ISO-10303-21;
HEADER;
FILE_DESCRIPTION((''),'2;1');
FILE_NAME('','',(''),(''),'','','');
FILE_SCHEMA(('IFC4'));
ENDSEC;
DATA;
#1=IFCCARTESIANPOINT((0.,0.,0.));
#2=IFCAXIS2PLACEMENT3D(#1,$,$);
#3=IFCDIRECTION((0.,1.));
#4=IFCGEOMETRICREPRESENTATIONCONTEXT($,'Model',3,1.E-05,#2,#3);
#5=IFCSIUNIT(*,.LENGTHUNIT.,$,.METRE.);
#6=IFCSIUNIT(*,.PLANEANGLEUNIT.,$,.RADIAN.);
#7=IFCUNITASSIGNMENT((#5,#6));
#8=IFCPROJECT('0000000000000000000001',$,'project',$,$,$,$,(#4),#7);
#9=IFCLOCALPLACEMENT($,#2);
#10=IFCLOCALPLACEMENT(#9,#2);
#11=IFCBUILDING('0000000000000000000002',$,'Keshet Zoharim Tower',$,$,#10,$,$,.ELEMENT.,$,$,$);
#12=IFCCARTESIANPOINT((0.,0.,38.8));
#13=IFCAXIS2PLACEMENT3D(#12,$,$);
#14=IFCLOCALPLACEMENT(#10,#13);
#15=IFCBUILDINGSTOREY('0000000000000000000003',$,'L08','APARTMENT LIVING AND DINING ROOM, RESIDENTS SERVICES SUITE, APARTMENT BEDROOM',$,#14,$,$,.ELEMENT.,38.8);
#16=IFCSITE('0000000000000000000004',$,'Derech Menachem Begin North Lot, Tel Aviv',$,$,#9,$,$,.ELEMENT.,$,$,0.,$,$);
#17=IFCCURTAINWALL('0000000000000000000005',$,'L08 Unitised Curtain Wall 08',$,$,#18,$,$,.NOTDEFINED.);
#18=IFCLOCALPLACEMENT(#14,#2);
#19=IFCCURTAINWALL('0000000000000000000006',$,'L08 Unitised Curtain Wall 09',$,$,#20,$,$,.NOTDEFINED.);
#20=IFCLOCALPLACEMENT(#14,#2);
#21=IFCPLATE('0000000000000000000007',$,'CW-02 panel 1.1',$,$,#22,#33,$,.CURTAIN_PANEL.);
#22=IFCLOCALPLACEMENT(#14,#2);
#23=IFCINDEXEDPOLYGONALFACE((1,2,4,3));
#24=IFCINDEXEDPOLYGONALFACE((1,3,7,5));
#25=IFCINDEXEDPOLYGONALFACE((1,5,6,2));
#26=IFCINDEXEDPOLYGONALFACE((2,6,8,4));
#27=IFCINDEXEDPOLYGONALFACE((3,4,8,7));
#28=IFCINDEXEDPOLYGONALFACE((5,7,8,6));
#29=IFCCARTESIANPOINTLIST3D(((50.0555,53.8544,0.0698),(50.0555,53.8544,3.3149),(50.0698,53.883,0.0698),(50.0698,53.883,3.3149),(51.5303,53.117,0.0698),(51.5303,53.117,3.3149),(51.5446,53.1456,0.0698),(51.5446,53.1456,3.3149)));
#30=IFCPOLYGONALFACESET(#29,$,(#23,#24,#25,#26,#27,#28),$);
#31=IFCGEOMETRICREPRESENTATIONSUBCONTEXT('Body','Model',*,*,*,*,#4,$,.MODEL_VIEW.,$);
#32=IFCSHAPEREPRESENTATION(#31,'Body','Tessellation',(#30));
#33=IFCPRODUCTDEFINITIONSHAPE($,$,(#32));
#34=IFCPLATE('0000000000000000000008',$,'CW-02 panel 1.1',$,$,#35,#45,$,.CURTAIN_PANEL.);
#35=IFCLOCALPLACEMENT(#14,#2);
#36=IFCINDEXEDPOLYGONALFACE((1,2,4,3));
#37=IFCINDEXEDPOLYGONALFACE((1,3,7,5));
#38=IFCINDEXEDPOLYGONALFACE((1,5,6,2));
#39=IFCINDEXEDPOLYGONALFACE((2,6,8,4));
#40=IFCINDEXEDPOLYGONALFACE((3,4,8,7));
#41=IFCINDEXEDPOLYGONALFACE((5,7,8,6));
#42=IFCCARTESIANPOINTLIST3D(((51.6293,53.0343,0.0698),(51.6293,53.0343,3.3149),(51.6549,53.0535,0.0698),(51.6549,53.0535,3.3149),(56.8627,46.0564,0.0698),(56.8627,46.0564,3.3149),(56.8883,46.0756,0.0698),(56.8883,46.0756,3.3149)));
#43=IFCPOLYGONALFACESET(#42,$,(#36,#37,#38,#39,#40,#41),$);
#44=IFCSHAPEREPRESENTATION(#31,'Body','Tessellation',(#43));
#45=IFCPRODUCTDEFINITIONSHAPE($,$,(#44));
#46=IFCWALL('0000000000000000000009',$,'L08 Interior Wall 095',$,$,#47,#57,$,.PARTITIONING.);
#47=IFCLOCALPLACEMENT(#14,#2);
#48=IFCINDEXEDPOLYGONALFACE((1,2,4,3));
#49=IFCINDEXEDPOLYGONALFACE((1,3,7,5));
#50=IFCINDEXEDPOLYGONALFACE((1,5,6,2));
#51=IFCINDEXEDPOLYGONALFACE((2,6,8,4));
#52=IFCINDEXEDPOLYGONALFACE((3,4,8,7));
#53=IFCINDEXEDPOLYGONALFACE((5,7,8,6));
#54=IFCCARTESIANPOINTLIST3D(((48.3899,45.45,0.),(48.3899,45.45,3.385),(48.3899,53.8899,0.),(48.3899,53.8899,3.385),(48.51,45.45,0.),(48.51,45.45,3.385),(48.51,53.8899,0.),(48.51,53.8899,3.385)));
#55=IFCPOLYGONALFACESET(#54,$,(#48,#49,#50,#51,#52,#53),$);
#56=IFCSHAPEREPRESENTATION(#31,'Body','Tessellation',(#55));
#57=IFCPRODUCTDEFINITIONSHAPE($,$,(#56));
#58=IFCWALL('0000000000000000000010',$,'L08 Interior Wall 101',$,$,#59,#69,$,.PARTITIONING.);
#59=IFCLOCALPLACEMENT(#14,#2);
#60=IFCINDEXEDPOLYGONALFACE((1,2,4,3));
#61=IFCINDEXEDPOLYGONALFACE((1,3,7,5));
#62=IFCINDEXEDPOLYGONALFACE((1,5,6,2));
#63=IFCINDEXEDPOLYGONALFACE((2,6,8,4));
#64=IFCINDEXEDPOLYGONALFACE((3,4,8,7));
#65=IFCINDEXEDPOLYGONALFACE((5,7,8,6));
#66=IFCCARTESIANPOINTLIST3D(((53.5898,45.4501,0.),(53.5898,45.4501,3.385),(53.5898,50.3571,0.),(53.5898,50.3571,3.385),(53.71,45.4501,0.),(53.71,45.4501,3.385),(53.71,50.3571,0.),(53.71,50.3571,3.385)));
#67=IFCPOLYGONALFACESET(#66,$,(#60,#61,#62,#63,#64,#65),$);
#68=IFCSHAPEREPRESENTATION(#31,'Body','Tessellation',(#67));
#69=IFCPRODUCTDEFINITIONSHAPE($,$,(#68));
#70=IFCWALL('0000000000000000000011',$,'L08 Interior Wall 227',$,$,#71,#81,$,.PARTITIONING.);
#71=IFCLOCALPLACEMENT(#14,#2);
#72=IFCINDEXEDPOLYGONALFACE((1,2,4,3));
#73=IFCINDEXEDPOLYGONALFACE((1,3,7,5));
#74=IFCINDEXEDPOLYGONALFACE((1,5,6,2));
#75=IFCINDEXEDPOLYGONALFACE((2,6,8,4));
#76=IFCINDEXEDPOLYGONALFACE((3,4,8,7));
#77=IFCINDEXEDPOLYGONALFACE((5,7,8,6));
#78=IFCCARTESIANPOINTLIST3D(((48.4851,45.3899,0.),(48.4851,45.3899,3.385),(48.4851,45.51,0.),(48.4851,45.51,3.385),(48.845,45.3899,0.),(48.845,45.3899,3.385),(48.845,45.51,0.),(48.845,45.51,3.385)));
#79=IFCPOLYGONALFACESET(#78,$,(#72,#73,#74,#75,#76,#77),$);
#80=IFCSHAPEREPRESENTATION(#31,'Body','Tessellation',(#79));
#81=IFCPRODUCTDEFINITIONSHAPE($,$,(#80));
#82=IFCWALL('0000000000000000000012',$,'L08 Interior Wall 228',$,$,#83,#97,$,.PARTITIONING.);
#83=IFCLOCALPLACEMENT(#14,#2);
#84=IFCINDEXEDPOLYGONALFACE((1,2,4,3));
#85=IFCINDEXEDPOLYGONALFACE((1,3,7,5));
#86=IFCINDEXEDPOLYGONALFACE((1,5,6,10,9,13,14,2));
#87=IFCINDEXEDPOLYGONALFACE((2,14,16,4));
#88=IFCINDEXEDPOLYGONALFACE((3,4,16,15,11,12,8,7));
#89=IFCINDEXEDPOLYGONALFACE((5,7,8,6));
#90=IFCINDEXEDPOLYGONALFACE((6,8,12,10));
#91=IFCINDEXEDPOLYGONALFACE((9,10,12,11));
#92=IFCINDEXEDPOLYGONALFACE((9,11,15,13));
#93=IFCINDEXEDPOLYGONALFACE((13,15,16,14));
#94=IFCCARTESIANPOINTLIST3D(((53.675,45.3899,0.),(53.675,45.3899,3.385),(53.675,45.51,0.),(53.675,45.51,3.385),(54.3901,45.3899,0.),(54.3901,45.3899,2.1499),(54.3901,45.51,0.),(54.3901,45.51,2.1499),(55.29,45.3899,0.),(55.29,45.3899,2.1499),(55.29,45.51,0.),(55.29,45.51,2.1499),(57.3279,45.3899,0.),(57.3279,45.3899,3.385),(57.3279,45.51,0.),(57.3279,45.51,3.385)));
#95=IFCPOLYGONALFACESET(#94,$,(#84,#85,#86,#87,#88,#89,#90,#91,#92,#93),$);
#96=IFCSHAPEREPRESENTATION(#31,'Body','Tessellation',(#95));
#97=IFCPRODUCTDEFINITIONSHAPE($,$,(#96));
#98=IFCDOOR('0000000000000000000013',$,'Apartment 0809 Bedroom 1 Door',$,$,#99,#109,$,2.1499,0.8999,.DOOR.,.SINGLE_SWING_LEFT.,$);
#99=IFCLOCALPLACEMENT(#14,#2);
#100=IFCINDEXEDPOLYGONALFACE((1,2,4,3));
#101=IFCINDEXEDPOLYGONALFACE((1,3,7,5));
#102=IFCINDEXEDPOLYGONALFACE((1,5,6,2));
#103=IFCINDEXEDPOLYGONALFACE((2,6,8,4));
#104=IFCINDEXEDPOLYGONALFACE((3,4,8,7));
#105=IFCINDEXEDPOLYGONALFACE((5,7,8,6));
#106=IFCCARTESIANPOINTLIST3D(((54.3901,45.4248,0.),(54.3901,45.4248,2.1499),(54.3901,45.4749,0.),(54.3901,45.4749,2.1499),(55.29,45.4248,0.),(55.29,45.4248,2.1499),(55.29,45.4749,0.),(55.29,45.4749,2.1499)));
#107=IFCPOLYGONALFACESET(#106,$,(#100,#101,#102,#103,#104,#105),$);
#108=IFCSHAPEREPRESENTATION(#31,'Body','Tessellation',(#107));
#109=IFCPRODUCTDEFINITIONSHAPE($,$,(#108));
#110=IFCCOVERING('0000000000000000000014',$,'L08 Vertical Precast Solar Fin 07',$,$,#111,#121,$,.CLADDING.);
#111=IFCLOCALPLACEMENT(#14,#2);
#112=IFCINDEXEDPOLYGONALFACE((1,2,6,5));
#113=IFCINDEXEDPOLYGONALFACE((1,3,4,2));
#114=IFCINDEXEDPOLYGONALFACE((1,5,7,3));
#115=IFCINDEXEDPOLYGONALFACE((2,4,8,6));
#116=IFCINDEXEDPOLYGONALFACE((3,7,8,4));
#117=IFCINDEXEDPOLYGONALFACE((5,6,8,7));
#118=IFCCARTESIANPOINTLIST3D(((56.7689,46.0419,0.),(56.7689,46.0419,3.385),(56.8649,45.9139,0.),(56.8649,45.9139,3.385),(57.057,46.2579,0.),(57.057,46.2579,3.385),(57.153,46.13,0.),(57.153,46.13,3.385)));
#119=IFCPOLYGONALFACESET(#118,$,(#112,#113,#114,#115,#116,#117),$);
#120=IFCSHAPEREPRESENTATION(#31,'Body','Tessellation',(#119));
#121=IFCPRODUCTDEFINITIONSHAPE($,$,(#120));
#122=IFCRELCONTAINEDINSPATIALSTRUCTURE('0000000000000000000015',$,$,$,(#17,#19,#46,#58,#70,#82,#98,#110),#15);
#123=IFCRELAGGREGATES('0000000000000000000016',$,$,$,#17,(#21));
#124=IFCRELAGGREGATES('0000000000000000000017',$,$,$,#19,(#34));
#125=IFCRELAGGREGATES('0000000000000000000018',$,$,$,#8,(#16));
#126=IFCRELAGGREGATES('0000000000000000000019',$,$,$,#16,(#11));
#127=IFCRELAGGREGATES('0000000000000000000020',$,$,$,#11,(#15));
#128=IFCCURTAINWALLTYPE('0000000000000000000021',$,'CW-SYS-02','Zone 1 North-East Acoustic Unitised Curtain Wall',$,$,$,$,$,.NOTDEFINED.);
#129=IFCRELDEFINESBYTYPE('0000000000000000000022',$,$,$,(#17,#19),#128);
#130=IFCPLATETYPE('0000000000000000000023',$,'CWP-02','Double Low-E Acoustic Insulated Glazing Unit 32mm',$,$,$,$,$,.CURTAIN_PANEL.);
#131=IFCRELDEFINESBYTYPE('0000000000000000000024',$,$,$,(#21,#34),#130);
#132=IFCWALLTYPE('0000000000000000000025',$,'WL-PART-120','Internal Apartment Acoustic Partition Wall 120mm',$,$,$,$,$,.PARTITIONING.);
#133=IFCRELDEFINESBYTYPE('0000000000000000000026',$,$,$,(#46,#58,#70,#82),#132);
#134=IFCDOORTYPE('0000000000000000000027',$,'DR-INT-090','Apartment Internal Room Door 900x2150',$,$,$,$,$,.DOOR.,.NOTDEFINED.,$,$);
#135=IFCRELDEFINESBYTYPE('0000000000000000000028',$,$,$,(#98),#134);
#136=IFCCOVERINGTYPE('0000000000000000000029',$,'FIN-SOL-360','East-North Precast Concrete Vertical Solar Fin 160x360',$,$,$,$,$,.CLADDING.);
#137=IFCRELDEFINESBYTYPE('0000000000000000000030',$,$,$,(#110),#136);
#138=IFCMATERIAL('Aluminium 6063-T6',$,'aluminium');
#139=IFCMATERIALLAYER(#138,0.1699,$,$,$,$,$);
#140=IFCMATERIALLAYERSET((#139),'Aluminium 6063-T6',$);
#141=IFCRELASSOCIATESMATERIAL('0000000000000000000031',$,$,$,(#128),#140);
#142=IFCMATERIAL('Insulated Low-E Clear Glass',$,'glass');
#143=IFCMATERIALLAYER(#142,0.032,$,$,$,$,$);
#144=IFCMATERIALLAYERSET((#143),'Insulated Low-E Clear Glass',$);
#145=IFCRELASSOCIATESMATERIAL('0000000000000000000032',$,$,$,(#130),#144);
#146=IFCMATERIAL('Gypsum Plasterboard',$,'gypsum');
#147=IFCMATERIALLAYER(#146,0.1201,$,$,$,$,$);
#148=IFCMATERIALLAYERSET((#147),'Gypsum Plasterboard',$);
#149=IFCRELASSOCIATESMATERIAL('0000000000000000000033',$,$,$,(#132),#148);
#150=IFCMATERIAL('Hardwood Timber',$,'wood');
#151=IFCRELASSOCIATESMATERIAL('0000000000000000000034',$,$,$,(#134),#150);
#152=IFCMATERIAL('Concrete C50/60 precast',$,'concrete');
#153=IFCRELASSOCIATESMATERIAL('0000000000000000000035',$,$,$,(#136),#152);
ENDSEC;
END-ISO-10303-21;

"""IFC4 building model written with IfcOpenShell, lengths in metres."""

from ifc_helpers import new_model, si_unit, direction, frame, frame_2d, origin, origin_2d, place, context, subcontext, project, spatial, rectangle, extrude, material, layer, layer_set, type_object, element, fill, aggregate, save


model = new_model("IFC4")

# Units and contexts
model_context = context("Model", 3, precision=1e-05, world=origin(), true_north=direction((0.0, 1.0)))
body_context = subcontext(model_context, "Body", "Model", "MODEL_VIEW")
ifc_project = project(units=[si_unit("LENGTHUNIT", "METRE"), si_unit("PLANEANGLEUNIT", "RADIAN")], contexts=[model_context])

# Site, building, storey
site_placement = place(None, origin())
site = spatial("IfcSite", under=ifc_project, at=site_placement, Name="Derech Menachem Begin North Lot, Tel Aviv", CompositionType="ELEMENT", RefElevation=0.0)
building_placement = place(site_placement, origin())
building = spatial("IfcBuilding", under=site, at=building_placement, Name="Keshet Zoharim Tower", CompositionType="ELEMENT")
storey_placement = place(building_placement, frame((0.0, 0.0, 38.8)))
storey = spatial("IfcBuildingStorey", under=building, at=storey_placement, Name="L08", Description="APARTMENT LIVING AND DINING ROOM, RESIDENTS SERVICES SUITE, APARTMENT BEDROOM", CompositionType="ELEMENT", Elevation=38.8)

# Shared definitions
ifc_material_1 = material(Name="Aluminium 6063-T6", Category="aluminium")
ifc_layer_1 = layer(ifc_material_1, 0.1699)
ifc_layer_set_1 = layer_set([ifc_layer_1], Name="Aluminium 6063-T6")
curtain_wall_type = type_object("IfcCurtainWallType", Name="CW-SYS-02", Description="Zone 1 North-East Acoustic Unitised Curtain Wall", PredefinedType="NOTDEFINED", material=ifc_layer_set_1)

# Curtain walls
curtain_wall_1_placement = place(storey_placement, origin())
curtain_wall_1 = element("IfcCurtainWall", 1, at=curtain_wall_1_placement, inside=storey, type_object=curtain_wall_type, Name="L08 Unitised Curtain Wall 08", PredefinedType="NOTDEFINED")
curtain_wall_2_placement = place(storey_placement, origin())
curtain_wall_2 = element("IfcCurtainWall", 2, at=curtain_wall_2_placement, inside=storey, type_object=curtain_wall_type, Name="L08 Unitised Curtain Wall 09", PredefinedType="NOTDEFINED")

# Plates
ifc_material_2 = material(Name="Insulated Low-E Clear Glass", Category="glass")
ifc_layer_2 = layer(ifc_material_2, 0.032)
ifc_layer_set_2 = layer_set([ifc_layer_2], Name="Insulated Low-E Clear Glass")
plate_type = type_object("IfcPlateType", Name="CWP-02", Description="Double Low-E Acoustic Insulated Glazing Unit 32mm", PredefinedType="CURTAIN_PANEL", material=ifc_layer_set_2)
plate_1_placement = place(storey_placement, frame((50.8, 53.5, 0.0698), z_axis=(0.0, 0.0, 1.0), x_axis=(0.894427, -0.447214, 0.0)))
plate_1 = element("IfcPlate", 3, at=plate_1_placement, type_object=plate_type, Name="CW-02 panel 1.1", PredefinedType="CURTAIN_PANEL", context=body_context, shape_type="SweptSolid", body=[
    extrude(rectangle(XDim=1.6489, YDim=0.032, at=origin_2d()), origin(), (0.0, 0.0, 1.0), 3.2451),
])
aggregate(curtain_wall_1, [plate_1])
plate_2_placement = place(storey_placement, frame((54.2588, 49.5549, 0.0698), z_axis=(0.0, 0.0, 1.0), x_axis=(0.6, -0.8, 0.0)))
plate_2 = element("IfcPlate", 4, at=plate_2_placement, type_object=plate_type, Name="CW-02 panel 1.1", PredefinedType="CURTAIN_PANEL", context=body_context, shape_type="SweptSolid", body=[
    extrude(rectangle(XDim=8.7224, YDim=0.032, at=origin_2d()), origin(), (0.0, 0.0, 1.0), 3.2451),
])
aggregate(curtain_wall_2, [plate_2])

# Walls
ifc_material_3 = material(Name="Gypsum Plasterboard", Category="gypsum")
ifc_layer_3 = layer(ifc_material_3, 0.1201)
ifc_layer_set_3 = layer_set([ifc_layer_3], Name="Gypsum Plasterboard")
wall_type = type_object("IfcWallType", Name="WL-PART-120", Description="Internal Apartment Acoustic Partition Wall 120mm", PredefinedType="PARTITIONING", material=ifc_layer_set_3)
wall_1_placement = place(storey_placement, frame((48.45, 45.45, 0.0), z_axis=(0.0, 0.0, 1.0), x_axis=(0.0, 1.0, 0.0)))
element("IfcWall", 5, at=wall_1_placement, inside=storey, type_object=wall_type, Name="L08 Interior Wall 095", PredefinedType="PARTITIONING", context=body_context, shape_type="SweptSolid", body=[
    extrude(rectangle(XDim=8.4399, YDim=0.1201, at=frame_2d((4.22, 0.0))), origin(), (0.0, 0.0, 1.0), 3.385),
])
wall_2_placement = place(storey_placement, frame((53.6499, 45.45, 0.0), z_axis=(0.0, 0.0, 1.0), x_axis=(0.0, 1.0, 0.0)))
element("IfcWall", 6, at=wall_2_placement, inside=storey, type_object=wall_type, Name="L08 Interior Wall 101", PredefinedType="PARTITIONING", context=body_context, shape_type="SweptSolid", body=[
    extrude(rectangle(XDim=4.907, YDim=0.1201, at=frame_2d((2.4536, 0.0))), origin(), (0.0, 0.0, 1.0), 3.385),
])
wall_3_placement = place(storey_placement, frame((48.4851, 45.45, 0.0), z_axis=(0.0, 0.0, 1.0), x_axis=(1.0, 0.0, 0.0)))
element("IfcWall", 7, at=wall_3_placement, inside=storey, type_object=wall_type, Name="L08 Interior Wall 227", PredefinedType="PARTITIONING", context=body_context, shape_type="SweptSolid", body=[
    extrude(rectangle(XDim=0.3599, YDim=0.1201, at=frame_2d((0.1799, 0.0))), origin(), (0.0, 0.0, 1.0), 3.385),
])

# Wall, opening, door
wall_4_placement = place(storey_placement, frame((53.675, 45.45, 0.0), z_axis=(0.0, 0.0, 1.0), x_axis=(1.0, 0.0, 0.0)))
wall_4 = element("IfcWall", 8, at=wall_4_placement, inside=storey, type_object=wall_type, Name="L08 Interior Wall 228", PredefinedType="PARTITIONING", context=body_context, shape_type="SweptSolid", body=[
    extrude(rectangle(XDim=3.6528, YDim=0.1201, at=frame_2d((1.8264, 0.0))), origin(), (0.0, 0.0, 1.0), 3.385),
])
opening_placement = place(wall_4_placement, frame((0.7151, 0.0, 0.0)))
opening = element("IfcOpeningElement", 9, at=opening_placement, cuts=wall_4, PredefinedType="OPENING", context=body_context, shape_type="SweptSolid", body=[
    extrude(rectangle(XDim=0.8999, YDim=2.1499, at=frame_2d((0.45, 1.075))), frame((0.0, 0.0701, 0.0), z_axis=(0.0, -1.0, 0.0), x_axis=(1.0, 0.0, 0.0)), (0.0, 0.0, 1.0), 0.1401),
])
ifc_material_4 = material(Name="Hardwood Timber", Category="wood")
door_type = type_object("IfcDoorType", Name="DR-INT-090", Description="Apartment Internal Room Door 900x2150", OperationType="NOTDEFINED", PredefinedType="DOOR", material=ifc_material_4)
door_placement = place(opening_placement, origin())
door = element("IfcDoor", 10, at=door_placement, inside=storey, type_object=door_type, Name="Apartment 0809 Bedroom 1 Door", OperationType="SINGLE_SWING_LEFT", OverallHeight=2.1499, OverallWidth=0.8999, PredefinedType="DOOR", context=body_context, shape_type="SweptSolid", body=[
    extrude(rectangle(XDim=0.8999, YDim=2.1499, at=frame_2d((0.45, 1.075))), frame((0.0, 0.0249, 0.0), z_axis=(0.0, -1.0, 0.0), x_axis=(1.0, 0.0, 0.0)), (0.0, 0.0, 1.0), 0.05),
])
fill(opening, door)

# Covering
ifc_material_5 = material(Name="Concrete C50/60 precast", Category="concrete")
covering_type = type_object("IfcCoveringType", Name="FIN-SOL-360", Description="East-North Precast Concrete Vertical Solar Fin 160x360", PredefinedType="CLADDING", material=ifc_material_5)
covering_placement = place(storey_placement, frame((56.9609, 46.0859, 0.0), z_axis=(0.0, 0.0, 1.0), x_axis=(0.6, -0.8, 0.0)))
element("IfcCovering", 11, at=covering_placement, inside=storey, type_object=covering_type, Name="L08 Vertical Precast Solar Fin 07", PredefinedType="CLADDING", context=body_context, shape_type="SweptSolid", body=[
    extrude(rectangle(XDim=0.1599, YDim=0.3601, at=origin_2d()), origin(), (0.0, 0.0, 1.0), 3.385),
])

save(model, "model.ifc")
